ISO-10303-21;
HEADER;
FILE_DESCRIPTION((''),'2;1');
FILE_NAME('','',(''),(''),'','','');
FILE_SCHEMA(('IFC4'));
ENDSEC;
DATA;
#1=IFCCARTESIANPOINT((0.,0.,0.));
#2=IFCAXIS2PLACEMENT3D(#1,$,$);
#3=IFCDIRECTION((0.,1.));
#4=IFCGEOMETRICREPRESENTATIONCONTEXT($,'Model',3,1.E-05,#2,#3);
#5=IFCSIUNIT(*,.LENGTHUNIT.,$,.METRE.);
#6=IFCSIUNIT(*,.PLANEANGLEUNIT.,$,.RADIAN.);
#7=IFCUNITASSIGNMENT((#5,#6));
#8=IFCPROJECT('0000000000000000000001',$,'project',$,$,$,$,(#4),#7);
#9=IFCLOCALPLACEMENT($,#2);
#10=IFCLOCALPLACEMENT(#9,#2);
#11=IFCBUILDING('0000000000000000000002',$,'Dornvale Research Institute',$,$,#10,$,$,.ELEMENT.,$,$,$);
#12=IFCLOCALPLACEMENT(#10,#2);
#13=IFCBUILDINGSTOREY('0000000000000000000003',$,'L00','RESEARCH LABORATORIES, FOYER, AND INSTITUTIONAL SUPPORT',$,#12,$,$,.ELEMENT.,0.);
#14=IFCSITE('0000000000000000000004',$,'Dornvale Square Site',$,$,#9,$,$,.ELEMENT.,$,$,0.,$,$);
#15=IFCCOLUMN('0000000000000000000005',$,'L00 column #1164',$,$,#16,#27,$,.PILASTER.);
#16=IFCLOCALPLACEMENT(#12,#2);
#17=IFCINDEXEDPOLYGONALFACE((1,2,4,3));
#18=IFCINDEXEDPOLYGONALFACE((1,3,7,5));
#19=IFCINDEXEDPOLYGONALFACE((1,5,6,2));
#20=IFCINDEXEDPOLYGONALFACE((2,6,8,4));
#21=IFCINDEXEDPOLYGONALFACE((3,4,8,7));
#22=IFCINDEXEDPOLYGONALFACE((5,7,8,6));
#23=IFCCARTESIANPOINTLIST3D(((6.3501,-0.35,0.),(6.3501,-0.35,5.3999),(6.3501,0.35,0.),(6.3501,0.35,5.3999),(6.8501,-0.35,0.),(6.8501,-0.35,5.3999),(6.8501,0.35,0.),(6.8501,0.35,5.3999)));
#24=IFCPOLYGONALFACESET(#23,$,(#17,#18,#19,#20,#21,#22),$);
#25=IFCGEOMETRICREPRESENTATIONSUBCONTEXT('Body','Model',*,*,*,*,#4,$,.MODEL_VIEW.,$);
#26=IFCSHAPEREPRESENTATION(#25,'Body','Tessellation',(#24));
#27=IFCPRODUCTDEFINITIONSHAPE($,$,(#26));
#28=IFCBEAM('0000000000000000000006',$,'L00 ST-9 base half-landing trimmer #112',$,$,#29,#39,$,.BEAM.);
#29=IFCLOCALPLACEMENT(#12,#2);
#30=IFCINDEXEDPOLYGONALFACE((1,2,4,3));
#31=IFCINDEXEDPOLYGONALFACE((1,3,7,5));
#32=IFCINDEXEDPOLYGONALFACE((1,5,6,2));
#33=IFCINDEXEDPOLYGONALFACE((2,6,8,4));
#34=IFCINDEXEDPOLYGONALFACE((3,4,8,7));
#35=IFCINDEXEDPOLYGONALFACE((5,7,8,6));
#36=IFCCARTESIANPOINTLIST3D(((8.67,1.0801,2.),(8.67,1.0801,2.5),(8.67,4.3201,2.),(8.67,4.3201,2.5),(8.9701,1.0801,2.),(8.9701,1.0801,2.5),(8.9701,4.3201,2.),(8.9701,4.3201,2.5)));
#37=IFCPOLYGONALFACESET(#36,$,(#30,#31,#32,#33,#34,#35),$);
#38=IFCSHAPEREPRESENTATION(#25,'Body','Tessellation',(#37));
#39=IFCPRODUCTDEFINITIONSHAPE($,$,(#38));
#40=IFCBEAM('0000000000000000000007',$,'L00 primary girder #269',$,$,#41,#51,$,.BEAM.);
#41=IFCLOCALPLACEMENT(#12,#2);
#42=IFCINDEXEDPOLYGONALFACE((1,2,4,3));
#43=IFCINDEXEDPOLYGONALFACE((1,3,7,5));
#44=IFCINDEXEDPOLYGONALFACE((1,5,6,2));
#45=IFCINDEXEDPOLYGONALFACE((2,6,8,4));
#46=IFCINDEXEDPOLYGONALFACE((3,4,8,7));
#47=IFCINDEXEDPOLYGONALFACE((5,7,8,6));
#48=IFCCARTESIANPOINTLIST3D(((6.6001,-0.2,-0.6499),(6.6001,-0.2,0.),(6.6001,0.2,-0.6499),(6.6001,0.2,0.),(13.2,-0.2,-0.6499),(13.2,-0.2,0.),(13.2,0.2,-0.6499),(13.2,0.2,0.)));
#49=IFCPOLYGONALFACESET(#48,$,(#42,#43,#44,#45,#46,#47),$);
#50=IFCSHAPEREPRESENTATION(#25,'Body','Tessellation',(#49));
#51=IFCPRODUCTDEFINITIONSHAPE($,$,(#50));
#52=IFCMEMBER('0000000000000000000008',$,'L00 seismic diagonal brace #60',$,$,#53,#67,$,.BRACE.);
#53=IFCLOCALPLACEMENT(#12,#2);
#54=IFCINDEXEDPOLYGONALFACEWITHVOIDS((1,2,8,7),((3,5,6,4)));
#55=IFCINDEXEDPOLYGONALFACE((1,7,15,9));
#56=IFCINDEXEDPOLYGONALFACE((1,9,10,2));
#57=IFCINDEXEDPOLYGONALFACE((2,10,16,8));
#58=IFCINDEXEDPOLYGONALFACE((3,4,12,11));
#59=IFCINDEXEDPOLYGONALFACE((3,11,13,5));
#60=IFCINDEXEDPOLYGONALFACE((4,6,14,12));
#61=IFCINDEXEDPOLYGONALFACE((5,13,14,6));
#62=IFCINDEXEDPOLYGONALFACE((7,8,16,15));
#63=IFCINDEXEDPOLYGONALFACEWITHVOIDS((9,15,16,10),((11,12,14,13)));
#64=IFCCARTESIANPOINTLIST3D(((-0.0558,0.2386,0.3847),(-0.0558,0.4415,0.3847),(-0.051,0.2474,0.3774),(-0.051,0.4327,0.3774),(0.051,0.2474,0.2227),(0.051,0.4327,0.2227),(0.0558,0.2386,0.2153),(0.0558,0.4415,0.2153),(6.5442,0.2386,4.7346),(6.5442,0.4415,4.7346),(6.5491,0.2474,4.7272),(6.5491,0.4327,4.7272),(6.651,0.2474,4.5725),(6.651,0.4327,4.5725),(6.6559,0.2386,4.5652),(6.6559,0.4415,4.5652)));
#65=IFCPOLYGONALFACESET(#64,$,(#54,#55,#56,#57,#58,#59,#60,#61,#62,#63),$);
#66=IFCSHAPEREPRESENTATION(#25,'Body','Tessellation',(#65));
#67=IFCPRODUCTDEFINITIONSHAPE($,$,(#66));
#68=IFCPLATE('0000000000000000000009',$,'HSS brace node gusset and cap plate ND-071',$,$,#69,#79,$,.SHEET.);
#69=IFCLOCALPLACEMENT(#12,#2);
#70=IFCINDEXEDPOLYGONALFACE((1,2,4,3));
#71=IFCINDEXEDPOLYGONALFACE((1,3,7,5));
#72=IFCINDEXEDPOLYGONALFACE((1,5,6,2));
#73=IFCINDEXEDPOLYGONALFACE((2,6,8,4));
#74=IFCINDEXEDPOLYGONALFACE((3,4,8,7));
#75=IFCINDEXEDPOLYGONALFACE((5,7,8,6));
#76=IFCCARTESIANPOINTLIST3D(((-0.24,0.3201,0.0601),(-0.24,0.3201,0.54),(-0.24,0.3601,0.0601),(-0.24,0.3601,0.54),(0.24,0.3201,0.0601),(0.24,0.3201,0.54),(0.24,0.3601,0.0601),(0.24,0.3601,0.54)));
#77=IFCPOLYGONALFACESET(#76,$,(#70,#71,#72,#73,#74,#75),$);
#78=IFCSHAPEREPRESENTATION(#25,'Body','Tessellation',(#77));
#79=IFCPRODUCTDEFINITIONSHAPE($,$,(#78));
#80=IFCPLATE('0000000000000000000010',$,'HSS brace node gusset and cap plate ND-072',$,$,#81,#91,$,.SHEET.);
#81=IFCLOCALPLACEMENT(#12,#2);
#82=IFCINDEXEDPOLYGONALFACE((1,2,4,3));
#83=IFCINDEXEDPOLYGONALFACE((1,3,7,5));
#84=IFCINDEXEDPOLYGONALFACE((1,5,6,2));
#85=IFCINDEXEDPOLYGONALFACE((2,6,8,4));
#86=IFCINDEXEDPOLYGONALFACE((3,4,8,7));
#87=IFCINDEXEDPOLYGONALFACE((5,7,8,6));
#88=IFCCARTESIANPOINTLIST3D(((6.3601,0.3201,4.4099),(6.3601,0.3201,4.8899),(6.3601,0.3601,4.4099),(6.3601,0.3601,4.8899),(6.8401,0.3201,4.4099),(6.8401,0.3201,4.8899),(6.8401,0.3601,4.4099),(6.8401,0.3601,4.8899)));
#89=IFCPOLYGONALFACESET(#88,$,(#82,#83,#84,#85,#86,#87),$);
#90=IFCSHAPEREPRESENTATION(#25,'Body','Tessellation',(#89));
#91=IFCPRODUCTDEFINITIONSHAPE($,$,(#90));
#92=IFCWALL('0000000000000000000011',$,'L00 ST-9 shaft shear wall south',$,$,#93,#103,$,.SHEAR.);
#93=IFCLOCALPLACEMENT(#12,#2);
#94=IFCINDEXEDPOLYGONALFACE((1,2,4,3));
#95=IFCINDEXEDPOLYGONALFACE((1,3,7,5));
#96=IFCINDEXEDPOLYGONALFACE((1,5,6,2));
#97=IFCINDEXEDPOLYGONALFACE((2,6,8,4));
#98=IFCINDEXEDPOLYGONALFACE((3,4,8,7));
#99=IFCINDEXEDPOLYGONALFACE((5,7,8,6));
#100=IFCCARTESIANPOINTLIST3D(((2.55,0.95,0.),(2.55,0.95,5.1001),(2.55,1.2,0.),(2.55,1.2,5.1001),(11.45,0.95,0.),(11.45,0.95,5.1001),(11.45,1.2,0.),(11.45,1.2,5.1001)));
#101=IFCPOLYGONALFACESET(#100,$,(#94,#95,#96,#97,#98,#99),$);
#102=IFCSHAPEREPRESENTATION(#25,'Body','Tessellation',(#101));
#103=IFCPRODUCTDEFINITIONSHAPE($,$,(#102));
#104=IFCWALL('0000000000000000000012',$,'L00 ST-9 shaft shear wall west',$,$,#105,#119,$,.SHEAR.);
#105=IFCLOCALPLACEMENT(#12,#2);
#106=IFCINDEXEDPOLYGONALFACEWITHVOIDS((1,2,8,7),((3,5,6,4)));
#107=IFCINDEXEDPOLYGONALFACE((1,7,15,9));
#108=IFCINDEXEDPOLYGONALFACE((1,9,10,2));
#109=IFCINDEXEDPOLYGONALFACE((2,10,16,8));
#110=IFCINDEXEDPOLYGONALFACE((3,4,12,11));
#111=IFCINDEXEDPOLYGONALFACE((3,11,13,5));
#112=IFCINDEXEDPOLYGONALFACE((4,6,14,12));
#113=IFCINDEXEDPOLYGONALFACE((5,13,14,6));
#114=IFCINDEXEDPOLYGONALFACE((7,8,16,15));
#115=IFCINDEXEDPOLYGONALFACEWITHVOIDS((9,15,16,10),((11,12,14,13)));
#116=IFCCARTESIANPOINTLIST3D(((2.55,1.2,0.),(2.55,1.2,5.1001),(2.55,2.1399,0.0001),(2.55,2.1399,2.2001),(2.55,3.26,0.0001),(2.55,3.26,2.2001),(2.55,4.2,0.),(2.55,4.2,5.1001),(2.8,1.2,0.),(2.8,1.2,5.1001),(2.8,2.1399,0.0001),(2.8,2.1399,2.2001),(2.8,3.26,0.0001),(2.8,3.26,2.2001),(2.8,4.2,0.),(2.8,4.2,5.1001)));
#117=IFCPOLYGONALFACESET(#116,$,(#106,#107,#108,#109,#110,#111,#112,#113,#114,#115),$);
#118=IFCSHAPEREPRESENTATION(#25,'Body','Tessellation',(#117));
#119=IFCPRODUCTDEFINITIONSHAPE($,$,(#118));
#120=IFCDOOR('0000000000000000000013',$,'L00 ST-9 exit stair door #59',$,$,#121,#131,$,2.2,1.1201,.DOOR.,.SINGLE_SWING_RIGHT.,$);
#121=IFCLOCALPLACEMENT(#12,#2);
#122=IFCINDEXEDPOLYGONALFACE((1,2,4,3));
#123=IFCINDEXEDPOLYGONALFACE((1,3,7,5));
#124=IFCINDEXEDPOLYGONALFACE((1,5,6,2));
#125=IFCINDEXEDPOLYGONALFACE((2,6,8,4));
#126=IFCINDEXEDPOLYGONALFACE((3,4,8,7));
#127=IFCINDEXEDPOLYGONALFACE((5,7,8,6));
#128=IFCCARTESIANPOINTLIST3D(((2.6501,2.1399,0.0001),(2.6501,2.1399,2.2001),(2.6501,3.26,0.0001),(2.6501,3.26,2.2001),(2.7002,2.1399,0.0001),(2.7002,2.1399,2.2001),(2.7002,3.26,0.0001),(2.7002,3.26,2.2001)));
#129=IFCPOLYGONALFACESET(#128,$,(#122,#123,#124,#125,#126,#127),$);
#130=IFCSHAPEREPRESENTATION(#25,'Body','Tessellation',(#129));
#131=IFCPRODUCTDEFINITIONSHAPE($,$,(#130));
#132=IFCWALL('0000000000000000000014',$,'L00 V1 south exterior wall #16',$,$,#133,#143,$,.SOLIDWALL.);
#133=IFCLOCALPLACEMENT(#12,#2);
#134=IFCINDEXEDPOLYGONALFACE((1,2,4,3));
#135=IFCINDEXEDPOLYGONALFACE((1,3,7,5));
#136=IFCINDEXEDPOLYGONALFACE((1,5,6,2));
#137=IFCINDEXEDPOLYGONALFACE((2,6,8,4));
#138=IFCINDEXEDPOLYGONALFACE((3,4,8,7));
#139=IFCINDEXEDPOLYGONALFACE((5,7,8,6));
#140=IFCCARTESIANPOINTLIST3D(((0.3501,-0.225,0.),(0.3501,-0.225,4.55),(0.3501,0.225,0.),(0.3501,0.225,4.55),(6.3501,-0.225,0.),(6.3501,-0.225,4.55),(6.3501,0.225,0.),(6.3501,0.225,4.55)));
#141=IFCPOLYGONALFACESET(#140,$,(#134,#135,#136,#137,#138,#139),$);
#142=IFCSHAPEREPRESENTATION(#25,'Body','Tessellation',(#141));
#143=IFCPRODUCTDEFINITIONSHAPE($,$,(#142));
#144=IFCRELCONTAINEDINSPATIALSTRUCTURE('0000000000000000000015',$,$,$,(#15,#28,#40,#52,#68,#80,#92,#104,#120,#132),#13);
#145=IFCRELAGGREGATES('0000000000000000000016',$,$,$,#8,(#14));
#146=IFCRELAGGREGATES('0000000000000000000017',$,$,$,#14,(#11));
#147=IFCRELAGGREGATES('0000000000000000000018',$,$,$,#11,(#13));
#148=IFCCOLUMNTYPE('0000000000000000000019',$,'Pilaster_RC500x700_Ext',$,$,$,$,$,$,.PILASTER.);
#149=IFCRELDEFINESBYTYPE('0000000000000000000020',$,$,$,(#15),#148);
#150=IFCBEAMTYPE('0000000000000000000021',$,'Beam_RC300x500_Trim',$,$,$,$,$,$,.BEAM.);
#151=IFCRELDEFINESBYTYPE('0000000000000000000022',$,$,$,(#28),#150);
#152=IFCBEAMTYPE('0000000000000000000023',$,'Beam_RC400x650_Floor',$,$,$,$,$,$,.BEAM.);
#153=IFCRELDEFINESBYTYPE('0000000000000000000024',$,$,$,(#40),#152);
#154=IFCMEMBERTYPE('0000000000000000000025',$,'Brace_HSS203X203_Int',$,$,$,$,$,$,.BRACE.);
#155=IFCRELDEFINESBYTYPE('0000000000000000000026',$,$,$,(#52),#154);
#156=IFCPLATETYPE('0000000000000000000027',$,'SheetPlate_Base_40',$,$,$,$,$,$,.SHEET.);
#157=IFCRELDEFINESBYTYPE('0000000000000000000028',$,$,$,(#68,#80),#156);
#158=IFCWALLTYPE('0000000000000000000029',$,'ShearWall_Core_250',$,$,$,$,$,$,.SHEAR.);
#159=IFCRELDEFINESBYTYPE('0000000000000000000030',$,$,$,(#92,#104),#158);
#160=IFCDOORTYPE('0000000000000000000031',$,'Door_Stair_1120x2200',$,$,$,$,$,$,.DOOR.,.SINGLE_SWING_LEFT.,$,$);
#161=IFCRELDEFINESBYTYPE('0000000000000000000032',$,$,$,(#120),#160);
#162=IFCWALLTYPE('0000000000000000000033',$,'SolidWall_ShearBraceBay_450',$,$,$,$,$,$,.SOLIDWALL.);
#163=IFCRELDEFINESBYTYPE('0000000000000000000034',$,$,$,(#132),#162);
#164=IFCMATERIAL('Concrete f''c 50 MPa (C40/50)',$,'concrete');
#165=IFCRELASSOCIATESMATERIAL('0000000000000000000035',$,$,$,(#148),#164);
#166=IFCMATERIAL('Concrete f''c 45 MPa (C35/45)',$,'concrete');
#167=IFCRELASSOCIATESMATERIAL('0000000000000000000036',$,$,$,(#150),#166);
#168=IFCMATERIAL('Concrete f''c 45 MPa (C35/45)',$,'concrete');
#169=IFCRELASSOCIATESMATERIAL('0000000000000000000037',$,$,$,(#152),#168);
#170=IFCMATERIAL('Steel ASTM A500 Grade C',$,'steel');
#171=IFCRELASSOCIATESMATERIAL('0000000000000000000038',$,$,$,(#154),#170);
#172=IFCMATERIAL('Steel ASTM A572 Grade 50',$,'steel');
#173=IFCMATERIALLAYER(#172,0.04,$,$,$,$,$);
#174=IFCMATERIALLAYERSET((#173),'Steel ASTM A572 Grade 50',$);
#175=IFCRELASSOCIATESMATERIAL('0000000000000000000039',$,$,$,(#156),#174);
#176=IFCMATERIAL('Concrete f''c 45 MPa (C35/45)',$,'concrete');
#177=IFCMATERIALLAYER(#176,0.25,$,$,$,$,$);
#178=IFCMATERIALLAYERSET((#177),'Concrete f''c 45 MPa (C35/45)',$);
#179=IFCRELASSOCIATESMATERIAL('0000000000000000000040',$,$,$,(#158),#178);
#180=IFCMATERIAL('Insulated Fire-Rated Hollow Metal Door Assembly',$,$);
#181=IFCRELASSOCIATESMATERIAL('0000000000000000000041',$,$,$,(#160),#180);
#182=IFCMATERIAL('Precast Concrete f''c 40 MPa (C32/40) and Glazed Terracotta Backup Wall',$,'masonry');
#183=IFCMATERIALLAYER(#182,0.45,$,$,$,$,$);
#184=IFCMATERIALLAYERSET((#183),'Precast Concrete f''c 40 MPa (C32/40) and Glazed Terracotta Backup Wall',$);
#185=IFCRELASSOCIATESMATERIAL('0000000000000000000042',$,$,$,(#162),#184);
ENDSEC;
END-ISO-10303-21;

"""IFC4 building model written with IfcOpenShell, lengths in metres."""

from ifc_helpers import new_model, si_unit, direction, frame, frame_2d, origin, origin_2d, place, context, subcontext, project, spatial, rectangle, hollow_rectangle, extrude, material, layer, layer_set, material_profile, profile_set, type_object, element, fill, save


model = new_model("IFC4")

# Units and contexts
model_context = context("Model", 3, precision=1e-05, world=origin(), true_north=direction((0.0, 1.0)))
body_context = subcontext(model_context, "Body", "Model", "MODEL_VIEW")
ifc_project = project(units=[si_unit("LENGTHUNIT", "METRE"), si_unit("PLANEANGLEUNIT", "RADIAN")], contexts=[model_context])

# Site, building, storey
site_placement = place(None, origin())
site = spatial("IfcSite", under=ifc_project, at=site_placement, Name="Dornvale Square Site", CompositionType="ELEMENT", RefElevation=0.0)
building_placement = place(site_placement, origin())
building = spatial("IfcBuilding", under=site, at=building_placement, Name="Dornvale Research Institute", CompositionType="ELEMENT")
storey_placement = place(building_placement, origin())
storey = spatial("IfcBuildingStorey", under=building, at=storey_placement, Name="L00", Description="RESEARCH LABORATORIES, FOYER, AND INSTITUTIONAL SUPPORT", CompositionType="ELEMENT", Elevation=0.0)

# Column
ifc_material_1 = material(Name="Concrete f'c 50 MPa (C40/50)", Category="concrete")
ifc_material_profile_1 = material_profile(ifc_material_1, rectangle(XDim=0.5, YDim=0.7, at=origin_2d()), Name="RC 500x700")
ifc_profile_set_1 = profile_set([ifc_material_profile_1], Name="Concrete f'c 50 MPa (C40/50)")
column_type = type_object("IfcColumnType", Name="Pilaster_RC500x700_Ext", PredefinedType="PILASTER", material=ifc_profile_set_1)
column_placement = place(storey_placement, frame((6.6001, 0.0, 0.0), z_axis=(0.0, 0.0, 1.0), x_axis=(1.0, 0.0, 0.0)))
element("IfcColumn", 1, at=column_placement, inside=storey, type_object=column_type, Name="L00 column #1164", PredefinedType="PILASTER", context=body_context, shape_type="SweptSolid", body=[
    extrude(rectangle(XDim=0.5, YDim=0.7, at=origin_2d()), origin(), (0.0, 0.0, 1.0), 5.3999),
])

# Beams
ifc_material_2 = material(Name="Concrete f'c 45 MPa (C35/45)", Category="concrete")
ifc_material_profile_2 = material_profile(ifc_material_2, rectangle(XDim=0.3, YDim=0.5, at=origin_2d()), Name="RC 300x500")
ifc_profile_set_2 = profile_set([ifc_material_profile_2], Name="Concrete f'c 45 MPa (C35/45)")
beam_type_1 = type_object("IfcBeamType", Name="Beam_RC300x500_Trim", PredefinedType="BEAM", material=ifc_profile_set_2)
beam_1_placement = place(storey_placement, frame((8.8201, 1.0801, 2.25), z_axis=(0.0, 1.0, 0.0), x_axis=(-1.0, 0.0, 0.0)))
element("IfcBeam", 2, at=beam_1_placement, inside=storey, type_object=beam_type_1, Name="L00 ST-9 base half-landing trimmer #112", PredefinedType="BEAM", context=body_context, shape_type="SweptSolid", body=[
    extrude(rectangle(XDim=0.3, YDim=0.5, at=origin_2d()), origin(), (0.0, 0.0, 1.0), 3.24),
])
ifc_material_3 = material(Name="Concrete f'c 45 MPa (C35/45)", Category="concrete")
ifc_material_profile_3 = material_profile(ifc_material_3, rectangle(XDim=0.3999, YDim=0.6499, at=origin_2d()), Name="RC 400x650")
ifc_profile_set_3 = profile_set([ifc_material_profile_3], Name="Concrete f'c 45 MPa (C35/45)")
beam_type_2 = type_object("IfcBeamType", Name="Beam_RC400x650_Floor", PredefinedType="BEAM", material=ifc_profile_set_3)
beam_2_placement = place(storey_placement, frame((6.6001, 0.0, -0.325), z_axis=(1.0, 0.0, 0.0), x_axis=(0.0, 1.0, 0.0)))
element("IfcBeam", 3, at=beam_2_placement, inside=storey, type_object=beam_type_2, Name="L00 primary girder #269", PredefinedType="BEAM", context=body_context, shape_type="SweptSolid", body=[
    extrude(rectangle(XDim=0.3999, YDim=0.6499, at=origin_2d()), origin(), (0.0, 0.0, 1.0), 6.5999),
])

# Member
ifc_material_4 = material(Name="Steel ASTM A500 Grade C", Category="steel")
ifc_material_profile_4 = material_profile(ifc_material_4, hollow_rectangle(XDim=0.2029, YDim=0.2029, WallThickness=0.0088, at=origin_2d()), Name="HSS203X203X9.5")
ifc_profile_set_4 = profile_set([ifc_material_profile_4], Name="Steel ASTM A500 Grade C")
member_type = type_object("IfcMemberType", Name="Brace_HSS203X203_Int", PredefinedType="BRACE", material=ifc_profile_set_4)
member_placement = place(storey_placement, frame((0.0, 0.3401, 0.3), z_axis=(0.83497, 0.0, 0.550295), x_axis=(0.0, 1.0, 0.0)))
element("IfcMember", 4, at=member_placement, inside=storey, type_object=member_type, Name="L00 seismic diagonal brace #60", PredefinedType="BRACE", context=body_context, shape_type="SweptSolid", body=[
    extrude(hollow_rectangle(XDim=0.2029, YDim=0.2029, WallThickness=0.0088, at=origin_2d()), origin(), (0.0, 0.0, 1.0), 7.9045),
])

# Plates
ifc_material_5 = material(Name="Steel ASTM A572 Grade 50", Category="steel")
ifc_layer_1 = layer(ifc_material_5, 0.04)
ifc_layer_set_1 = layer_set([ifc_layer_1], Name="Steel ASTM A572 Grade 50")
plate_type = type_object("IfcPlateType", Name="SheetPlate_Base_40", PredefinedType="SHEET", material=ifc_layer_set_1)
for number, where, z_axis, x_axis, name in (
    (5, (0.0, 0.3401, 0.0601), (0.0, 0.0, 1.0), (1.0, 0.0, 0.0), "HSS brace node gusset and cap plate ND-071"),
    (6, (6.6001, 0.3401, 4.4099), (0.0, 0.0, 1.0), (1.0, 0.0, 0.0), "HSS brace node gusset and cap plate ND-072"),
):
    element("IfcPlate", number, at=place(storey_placement, frame(where, z_axis=z_axis, x_axis=x_axis)), inside=storey, type_object=plate_type, Name=name, PredefinedType="SHEET", context=body_context, shape_type="SweptSolid", body=[
        extrude(rectangle(XDim=0.48, YDim=0.04, at=origin_2d()), origin(), (0.0, 0.0, 1.0), 0.48),
    ])

# Wall
ifc_material_6 = material(Name="Concrete f'c 45 MPa (C35/45)", Category="concrete")
ifc_layer_2 = layer(ifc_material_6, 0.25)
ifc_layer_set_2 = layer_set([ifc_layer_2], Name="Concrete f'c 45 MPa (C35/45)")
wall_type_1 = type_object("IfcWallType", Name="ShearWall_Core_250", PredefinedType="SHEAR", material=ifc_layer_set_2)
wall_1_placement = place(storey_placement, frame((2.55, 1.075, 0.0), z_axis=(0.0, 0.0, 1.0), x_axis=(1.0, 0.0, 0.0)))
element("IfcWall", 7, at=wall_1_placement, inside=storey, type_object=wall_type_1, Name="L00 ST-9 shaft shear wall south", PredefinedType="SHEAR", context=body_context, shape_type="SweptSolid", body=[
    extrude(rectangle(XDim=8.8999, YDim=0.25, at=frame_2d((4.45, 0.0))), origin(), (0.0, 0.0, 1.0), 5.1001),
])

# Wall, opening, door
wall_2_placement = place(storey_placement, frame((2.675, 1.2, 0.0), z_axis=(0.0, 0.0, 1.0), x_axis=(0.0, 1.0, 0.0)))
wall_2 = element("IfcWall", 8, at=wall_2_placement, inside=storey, type_object=wall_type_1, Name="L00 ST-9 shaft shear wall west", PredefinedType="SHEAR", context=body_context, shape_type="SweptSolid", body=[
    extrude(rectangle(XDim=3.0, YDim=0.25, at=frame_2d((1.5, 0.0))), origin(), (0.0, 0.0, 1.0), 5.1001),
])
opening_1_placement = place(wall_2_placement, frame((0.9399, 0.0, 0.0)))
opening_1 = element("IfcOpeningElement", 9, at=opening_1_placement, cuts=wall_2, PredefinedType="OPENING", context=body_context, shape_type="SweptSolid", body=[
    extrude(rectangle(XDim=1.1201, YDim=2.2, at=frame_2d((0.5601, 1.1001))), frame((0.0, 0.1399, 0.0), z_axis=(0.0, -1.0, 0.0), x_axis=(1.0, 0.0, 0.0)), (0.0, 0.0, 1.0), 0.28),
])
ifc_material_7 = material(Name="Insulated Fire-Rated Hollow Metal Door Assembly")
door_type = type_object("IfcDoorType", Name="Door_Stair_1120x2200", OperationType="SINGLE_SWING_LEFT", PredefinedType="DOOR", material=ifc_material_7)
door_placement = place(opening_1_placement, origin())
door = element("IfcDoor", 10, at=door_placement, inside=storey, type_object=door_type, Name="L00 ST-9 exit stair door #59", OperationType="SINGLE_SWING_RIGHT", OverallHeight=2.2, OverallWidth=1.1201, PredefinedType="DOOR", context=body_context, shape_type="SweptSolid", body=[
    extrude(rectangle(XDim=1.1201, YDim=2.2, at=frame_2d((0.5601, 1.1001))), frame((0.0, 0.0249, 0.0), z_axis=(0.0, -1.0, 0.0), x_axis=(1.0, 0.0, 0.0)), (0.0, 0.0, 1.0), 0.05),
])
fill(opening_1, door)

# Wall
ifc_material_8 = material(Name="Precast Concrete f'c 40 MPa (C32/40) and Glazed Terracotta Backup Wall", Category="masonry")
ifc_layer_3 = layer(ifc_material_8, 0.45)
ifc_layer_set_3 = layer_set([ifc_layer_3], Name="Precast Concrete f'c 40 MPa (C32/40) and Glazed Terracotta Backup Wall")
wall_type_2 = type_object("IfcWallType", Name="SolidWall_ShearBraceBay_450", PredefinedType="SOLIDWALL", material=ifc_layer_set_3)
wall_3_placement = place(storey_placement, frame((6.3501, 0.0, 0.0), z_axis=(0.0, 0.0, 1.0), x_axis=(-1.0, 0.0, 0.0)))
element("IfcWall", 11, at=wall_3_placement, inside=storey, type_object=wall_type_2, Name="L00 V1 south exterior wall #16", PredefinedType="SOLIDWALL", context=body_context, shape_type="SweptSolid", body=[
    extrude(rectangle(XDim=6.0, YDim=0.45, at=frame_2d((3.0, 0.0))), origin(), (0.0, 0.0, 1.0), 4.55),
])

save(model, "model.ifc")
